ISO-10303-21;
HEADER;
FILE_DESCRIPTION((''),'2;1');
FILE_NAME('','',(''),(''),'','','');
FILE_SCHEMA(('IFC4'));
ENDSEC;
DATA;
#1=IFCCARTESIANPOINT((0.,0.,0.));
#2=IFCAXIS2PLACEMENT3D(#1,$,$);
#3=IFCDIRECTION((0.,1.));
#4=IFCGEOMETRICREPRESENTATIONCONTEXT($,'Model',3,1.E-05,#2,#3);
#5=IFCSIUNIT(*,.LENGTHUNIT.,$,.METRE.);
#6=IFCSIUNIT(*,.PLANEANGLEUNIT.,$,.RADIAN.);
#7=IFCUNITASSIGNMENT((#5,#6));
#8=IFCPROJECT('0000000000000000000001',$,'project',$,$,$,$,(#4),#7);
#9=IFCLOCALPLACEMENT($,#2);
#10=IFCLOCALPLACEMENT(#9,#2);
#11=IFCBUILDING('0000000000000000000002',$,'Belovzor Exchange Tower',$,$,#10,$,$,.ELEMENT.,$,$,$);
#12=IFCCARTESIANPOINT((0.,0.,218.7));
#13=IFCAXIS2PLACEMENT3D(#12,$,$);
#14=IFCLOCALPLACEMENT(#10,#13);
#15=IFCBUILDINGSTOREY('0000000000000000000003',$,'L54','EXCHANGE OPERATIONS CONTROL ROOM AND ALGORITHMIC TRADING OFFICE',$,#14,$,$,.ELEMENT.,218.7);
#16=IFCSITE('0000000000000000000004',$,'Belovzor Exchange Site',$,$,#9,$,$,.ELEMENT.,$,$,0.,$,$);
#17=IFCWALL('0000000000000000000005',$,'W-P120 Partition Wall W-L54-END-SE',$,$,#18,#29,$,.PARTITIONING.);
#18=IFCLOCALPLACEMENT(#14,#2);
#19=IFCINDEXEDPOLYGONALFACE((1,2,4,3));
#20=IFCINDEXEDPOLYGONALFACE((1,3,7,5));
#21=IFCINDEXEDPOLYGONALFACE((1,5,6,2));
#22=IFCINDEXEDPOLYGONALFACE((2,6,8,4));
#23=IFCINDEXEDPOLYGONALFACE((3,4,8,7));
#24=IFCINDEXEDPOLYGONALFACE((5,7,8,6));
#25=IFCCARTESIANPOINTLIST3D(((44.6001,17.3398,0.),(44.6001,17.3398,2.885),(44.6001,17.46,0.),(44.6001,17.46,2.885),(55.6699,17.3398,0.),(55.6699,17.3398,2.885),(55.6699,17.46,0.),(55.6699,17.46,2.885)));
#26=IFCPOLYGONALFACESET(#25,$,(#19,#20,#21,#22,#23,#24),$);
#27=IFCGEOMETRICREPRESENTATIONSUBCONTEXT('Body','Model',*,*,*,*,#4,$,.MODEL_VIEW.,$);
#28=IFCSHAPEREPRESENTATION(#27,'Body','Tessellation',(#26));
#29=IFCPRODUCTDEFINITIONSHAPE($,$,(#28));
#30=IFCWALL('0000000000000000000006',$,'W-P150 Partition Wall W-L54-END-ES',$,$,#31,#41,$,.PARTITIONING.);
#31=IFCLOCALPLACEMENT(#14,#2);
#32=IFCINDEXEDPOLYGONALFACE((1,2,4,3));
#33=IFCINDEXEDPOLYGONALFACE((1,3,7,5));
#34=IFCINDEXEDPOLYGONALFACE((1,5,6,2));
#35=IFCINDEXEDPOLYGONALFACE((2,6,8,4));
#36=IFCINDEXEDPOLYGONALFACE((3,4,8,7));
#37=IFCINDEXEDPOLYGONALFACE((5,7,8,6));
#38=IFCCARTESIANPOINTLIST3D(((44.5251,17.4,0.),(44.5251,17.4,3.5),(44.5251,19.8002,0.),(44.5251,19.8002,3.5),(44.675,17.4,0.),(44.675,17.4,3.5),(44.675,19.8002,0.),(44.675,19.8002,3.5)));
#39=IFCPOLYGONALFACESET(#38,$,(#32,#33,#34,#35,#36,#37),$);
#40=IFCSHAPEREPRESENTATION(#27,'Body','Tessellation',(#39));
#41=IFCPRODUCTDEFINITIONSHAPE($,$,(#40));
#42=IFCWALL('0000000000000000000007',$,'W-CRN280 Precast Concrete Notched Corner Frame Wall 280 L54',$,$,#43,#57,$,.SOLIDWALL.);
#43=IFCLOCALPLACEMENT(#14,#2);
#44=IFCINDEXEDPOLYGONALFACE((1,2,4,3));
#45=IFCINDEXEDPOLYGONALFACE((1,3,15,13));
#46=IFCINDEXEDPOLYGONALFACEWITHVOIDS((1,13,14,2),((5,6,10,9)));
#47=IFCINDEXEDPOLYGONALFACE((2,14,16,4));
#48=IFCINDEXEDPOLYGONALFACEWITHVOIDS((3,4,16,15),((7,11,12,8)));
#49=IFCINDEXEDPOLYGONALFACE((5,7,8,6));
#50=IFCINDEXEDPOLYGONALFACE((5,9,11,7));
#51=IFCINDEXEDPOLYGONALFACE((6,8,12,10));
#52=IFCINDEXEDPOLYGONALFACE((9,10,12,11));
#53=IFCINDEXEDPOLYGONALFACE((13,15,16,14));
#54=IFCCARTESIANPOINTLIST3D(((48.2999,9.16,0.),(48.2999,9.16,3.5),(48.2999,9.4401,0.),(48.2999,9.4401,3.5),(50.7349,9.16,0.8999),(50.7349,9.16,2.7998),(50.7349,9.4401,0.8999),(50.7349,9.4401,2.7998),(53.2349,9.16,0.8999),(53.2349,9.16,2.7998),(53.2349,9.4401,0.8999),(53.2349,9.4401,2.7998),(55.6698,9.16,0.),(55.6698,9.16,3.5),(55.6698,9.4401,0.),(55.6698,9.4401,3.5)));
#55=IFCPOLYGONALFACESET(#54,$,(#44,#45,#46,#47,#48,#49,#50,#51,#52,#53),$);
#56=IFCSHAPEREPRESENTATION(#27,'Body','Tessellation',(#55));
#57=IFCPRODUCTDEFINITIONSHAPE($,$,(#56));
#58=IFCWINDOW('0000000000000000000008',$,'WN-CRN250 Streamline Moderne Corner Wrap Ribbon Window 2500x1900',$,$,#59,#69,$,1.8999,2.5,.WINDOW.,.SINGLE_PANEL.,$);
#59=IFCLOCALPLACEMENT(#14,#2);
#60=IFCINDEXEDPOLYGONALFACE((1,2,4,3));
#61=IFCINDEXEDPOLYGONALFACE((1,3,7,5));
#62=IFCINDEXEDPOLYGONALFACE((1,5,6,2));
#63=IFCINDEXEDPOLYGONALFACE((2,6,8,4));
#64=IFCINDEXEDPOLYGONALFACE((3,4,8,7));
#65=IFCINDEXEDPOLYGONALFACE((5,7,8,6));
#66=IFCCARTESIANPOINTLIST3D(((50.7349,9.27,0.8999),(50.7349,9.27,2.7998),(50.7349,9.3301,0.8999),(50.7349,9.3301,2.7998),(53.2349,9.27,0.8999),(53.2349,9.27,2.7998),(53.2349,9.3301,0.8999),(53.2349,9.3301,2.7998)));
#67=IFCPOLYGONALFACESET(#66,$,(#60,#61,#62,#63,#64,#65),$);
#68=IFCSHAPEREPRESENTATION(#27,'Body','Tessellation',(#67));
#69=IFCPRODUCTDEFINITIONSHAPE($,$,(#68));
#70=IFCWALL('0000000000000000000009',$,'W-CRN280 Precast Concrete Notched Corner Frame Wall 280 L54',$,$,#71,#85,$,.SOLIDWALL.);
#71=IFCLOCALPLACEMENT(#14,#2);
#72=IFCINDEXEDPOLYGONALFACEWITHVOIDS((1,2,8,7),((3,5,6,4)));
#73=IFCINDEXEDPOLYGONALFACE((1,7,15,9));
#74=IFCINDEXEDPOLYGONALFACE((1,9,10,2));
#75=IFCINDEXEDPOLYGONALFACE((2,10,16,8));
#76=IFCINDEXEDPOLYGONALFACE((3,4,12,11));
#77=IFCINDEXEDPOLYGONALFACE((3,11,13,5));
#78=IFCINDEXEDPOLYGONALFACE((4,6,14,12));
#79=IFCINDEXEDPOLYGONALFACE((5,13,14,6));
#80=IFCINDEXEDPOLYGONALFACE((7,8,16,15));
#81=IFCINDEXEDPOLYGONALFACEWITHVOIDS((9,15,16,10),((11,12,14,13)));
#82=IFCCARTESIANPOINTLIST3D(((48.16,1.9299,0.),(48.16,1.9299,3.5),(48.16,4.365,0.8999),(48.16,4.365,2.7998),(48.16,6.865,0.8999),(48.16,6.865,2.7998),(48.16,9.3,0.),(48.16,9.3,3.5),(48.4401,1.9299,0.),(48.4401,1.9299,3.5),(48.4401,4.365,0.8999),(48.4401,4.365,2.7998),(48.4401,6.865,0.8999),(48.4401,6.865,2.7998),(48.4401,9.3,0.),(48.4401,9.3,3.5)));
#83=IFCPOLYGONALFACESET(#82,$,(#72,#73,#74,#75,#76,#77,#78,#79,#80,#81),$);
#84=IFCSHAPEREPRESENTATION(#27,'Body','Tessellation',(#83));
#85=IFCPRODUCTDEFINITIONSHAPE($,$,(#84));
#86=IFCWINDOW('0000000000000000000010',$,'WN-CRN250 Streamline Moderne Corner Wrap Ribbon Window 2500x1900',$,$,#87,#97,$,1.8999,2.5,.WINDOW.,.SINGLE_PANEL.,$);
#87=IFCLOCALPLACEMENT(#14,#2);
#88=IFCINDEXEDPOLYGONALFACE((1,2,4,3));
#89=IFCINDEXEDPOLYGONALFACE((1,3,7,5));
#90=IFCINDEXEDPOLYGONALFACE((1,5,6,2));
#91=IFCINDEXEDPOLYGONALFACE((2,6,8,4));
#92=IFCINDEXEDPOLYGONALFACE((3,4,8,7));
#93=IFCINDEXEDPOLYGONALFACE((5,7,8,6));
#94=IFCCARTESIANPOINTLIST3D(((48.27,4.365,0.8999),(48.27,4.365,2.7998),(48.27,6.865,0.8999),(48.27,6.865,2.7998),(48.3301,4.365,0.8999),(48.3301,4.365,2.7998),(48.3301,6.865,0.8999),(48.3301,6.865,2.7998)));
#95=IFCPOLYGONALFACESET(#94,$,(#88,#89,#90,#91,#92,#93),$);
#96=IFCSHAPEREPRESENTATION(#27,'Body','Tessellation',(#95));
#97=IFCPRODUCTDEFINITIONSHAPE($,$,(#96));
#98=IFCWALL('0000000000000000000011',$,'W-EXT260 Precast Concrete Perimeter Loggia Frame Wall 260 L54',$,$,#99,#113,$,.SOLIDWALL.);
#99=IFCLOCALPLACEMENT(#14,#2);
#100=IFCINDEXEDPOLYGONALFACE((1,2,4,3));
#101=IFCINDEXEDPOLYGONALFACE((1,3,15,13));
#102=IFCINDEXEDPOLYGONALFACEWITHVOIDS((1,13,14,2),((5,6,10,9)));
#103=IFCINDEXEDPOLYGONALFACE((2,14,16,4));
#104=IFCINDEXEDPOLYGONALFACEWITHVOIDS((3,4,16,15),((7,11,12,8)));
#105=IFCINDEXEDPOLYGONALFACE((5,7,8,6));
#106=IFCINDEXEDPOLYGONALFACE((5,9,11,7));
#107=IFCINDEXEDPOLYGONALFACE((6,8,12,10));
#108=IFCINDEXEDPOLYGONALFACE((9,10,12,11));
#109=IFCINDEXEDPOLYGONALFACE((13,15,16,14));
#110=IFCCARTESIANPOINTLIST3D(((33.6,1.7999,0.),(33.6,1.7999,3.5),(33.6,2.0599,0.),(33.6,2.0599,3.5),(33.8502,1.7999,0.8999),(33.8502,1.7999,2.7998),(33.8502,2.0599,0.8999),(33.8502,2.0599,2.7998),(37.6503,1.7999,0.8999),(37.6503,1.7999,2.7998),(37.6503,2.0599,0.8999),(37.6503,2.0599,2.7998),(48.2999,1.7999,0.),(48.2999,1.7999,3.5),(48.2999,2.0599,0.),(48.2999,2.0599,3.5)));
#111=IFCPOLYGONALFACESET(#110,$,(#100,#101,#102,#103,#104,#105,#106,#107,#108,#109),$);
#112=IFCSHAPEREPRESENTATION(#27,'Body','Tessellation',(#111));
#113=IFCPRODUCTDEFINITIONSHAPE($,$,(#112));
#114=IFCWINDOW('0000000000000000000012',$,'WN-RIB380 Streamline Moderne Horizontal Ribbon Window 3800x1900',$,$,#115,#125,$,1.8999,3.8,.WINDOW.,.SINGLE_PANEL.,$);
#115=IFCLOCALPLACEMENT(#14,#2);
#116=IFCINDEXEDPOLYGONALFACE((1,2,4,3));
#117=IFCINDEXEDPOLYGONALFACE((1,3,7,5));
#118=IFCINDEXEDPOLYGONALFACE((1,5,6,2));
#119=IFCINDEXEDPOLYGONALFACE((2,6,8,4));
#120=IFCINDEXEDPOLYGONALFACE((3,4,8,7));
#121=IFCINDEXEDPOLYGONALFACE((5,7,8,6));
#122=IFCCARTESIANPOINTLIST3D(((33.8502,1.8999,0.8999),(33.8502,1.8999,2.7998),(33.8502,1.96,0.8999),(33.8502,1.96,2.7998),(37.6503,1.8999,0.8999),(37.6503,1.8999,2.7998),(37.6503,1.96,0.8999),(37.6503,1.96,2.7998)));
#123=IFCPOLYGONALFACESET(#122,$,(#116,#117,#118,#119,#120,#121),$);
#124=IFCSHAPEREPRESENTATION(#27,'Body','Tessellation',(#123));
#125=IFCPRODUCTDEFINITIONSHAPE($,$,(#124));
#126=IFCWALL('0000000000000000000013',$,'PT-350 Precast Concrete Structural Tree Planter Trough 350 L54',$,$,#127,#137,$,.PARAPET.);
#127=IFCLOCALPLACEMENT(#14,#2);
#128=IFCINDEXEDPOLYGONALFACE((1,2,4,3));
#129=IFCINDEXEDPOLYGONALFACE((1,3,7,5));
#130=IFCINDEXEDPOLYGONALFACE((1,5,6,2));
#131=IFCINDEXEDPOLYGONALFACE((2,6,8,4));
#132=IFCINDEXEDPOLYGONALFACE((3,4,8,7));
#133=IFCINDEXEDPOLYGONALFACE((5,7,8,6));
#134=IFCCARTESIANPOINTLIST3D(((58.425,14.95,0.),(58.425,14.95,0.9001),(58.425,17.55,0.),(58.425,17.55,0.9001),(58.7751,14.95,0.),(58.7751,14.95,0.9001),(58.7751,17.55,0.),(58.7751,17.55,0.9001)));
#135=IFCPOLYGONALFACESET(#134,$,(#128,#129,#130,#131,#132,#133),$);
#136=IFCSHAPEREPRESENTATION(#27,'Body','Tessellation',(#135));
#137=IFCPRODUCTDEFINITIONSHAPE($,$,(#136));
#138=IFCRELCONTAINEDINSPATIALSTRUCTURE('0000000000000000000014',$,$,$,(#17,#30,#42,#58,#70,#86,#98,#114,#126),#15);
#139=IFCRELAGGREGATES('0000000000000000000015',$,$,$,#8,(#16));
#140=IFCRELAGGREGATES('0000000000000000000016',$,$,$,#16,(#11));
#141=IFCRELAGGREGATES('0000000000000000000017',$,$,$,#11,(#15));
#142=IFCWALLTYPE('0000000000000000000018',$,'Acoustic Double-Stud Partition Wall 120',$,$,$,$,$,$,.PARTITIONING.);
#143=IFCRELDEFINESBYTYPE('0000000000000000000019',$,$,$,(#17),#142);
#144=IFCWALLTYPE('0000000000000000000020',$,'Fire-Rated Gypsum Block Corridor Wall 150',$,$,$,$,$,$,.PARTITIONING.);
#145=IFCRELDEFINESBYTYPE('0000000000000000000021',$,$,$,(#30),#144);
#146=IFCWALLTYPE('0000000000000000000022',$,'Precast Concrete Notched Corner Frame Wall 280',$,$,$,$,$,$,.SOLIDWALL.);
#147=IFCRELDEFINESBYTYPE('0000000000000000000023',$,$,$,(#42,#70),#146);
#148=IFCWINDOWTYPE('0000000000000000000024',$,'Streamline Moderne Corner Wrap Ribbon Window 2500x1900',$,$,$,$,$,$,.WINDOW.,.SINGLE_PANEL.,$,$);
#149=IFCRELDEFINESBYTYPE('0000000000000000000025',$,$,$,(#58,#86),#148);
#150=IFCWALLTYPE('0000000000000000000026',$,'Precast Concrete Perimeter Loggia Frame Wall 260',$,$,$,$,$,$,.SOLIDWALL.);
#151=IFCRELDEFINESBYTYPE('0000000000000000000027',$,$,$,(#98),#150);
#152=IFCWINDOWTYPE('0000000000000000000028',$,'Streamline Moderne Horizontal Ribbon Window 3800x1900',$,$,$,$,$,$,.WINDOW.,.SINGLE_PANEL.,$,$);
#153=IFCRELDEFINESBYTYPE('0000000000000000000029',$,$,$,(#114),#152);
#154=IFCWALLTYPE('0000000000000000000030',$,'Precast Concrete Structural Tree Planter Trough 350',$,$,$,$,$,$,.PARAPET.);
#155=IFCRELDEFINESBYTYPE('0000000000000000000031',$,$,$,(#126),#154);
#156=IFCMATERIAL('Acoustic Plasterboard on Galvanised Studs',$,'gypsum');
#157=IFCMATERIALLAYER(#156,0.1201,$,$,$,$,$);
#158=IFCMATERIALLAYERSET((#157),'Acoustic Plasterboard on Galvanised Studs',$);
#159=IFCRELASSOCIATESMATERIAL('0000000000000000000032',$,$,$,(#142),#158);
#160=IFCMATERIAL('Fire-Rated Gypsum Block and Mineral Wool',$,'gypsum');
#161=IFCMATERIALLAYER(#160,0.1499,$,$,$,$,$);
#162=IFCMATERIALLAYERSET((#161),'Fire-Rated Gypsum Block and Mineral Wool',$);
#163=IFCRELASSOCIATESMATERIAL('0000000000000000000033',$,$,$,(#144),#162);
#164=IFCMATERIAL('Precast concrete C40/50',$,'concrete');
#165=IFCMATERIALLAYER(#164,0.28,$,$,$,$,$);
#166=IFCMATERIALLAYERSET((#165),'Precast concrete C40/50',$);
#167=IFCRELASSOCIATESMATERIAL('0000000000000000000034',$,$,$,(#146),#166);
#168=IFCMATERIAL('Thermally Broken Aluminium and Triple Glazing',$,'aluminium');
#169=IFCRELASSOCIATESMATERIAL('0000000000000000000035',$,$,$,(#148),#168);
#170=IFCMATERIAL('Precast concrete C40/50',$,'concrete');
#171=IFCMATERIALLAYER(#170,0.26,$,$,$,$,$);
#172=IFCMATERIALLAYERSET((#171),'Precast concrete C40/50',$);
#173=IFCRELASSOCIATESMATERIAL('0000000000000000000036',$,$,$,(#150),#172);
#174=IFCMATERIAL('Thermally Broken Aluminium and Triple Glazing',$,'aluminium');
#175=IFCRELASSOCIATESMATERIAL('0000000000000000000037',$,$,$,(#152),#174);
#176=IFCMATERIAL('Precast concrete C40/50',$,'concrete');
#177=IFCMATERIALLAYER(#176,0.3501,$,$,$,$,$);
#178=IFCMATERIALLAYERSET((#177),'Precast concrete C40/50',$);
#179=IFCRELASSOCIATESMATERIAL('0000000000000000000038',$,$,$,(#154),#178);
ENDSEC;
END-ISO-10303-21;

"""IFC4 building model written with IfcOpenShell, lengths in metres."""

from ifc_helpers import new_model, si_unit, direction, frame, frame_2d, origin, place, context, subcontext, project, spatial, rectangle, extrude, material, layer, layer_set, type_object, element, fill, save


model = new_model("IFC4")

# Units and contexts
model_context = context("Model", 3, precision=1e-05, world=origin(), true_north=direction((0.0, 1.0)))
body_context = subcontext(model_context, "Body", "Model", "MODEL_VIEW")
ifc_project = project(units=[si_unit("LENGTHUNIT", "METRE"), si_unit("PLANEANGLEUNIT", "RADIAN")], contexts=[model_context])

# Site, building, storey
site_placement = place(None, origin())
site = spatial("IfcSite", under=ifc_project, at=site_placement, Name="Belovzor Exchange Site", CompositionType="ELEMENT", RefElevation=0.0)
building_placement = place(site_placement, origin())
building = spatial("IfcBuilding", under=site, at=building_placement, Name="Belovzor Exchange Tower", CompositionType="ELEMENT")
storey_placement = place(building_placement, frame((0.0, 0.0, 218.7)))
storey = spatial("IfcBuildingStorey", under=building, at=storey_placement, Name="L54", Description="EXCHANGE OPERATIONS CONTROL ROOM AND ALGORITHMIC TRADING OFFICE", CompositionType="ELEMENT", Elevation=218.7)

# Walls
ifc_material_1 = material(Name="Acoustic Plasterboard on Galvanised Studs", Category="gypsum")
ifc_layer_1 = layer(ifc_material_1, 0.1201)
ifc_layer_set_1 = layer_set([ifc_layer_1], Name="Acoustic Plasterboard on Galvanised Studs")
wall_type_1 = type_object("IfcWallType", Name="Acoustic Double-Stud Partition Wall 120", PredefinedType="PARTITIONING", material=ifc_layer_set_1)
wall_1_placement = place(storey_placement, frame((44.6001, 17.3999, 0.0), z_axis=(0.0, 0.0, 1.0), x_axis=(1.0, 0.0, 0.0)))
element("IfcWall", 1, at=wall_1_placement, inside=storey, type_object=wall_type_1, Name="W-P120 Partition Wall W-L54-END-SE", PredefinedType="PARTITIONING", context=body_context, shape_type="SweptSolid", body=[
    extrude(rectangle(XDim=11.0698, YDim=0.1201, at=frame_2d((5.5349, 0.0))), origin(), (0.0, 0.0, 1.0), 2.885),
])
ifc_material_2 = material(Name="Fire-Rated Gypsum Block and Mineral Wool", Category="gypsum")
ifc_layer_2 = layer(ifc_material_2, 0.1499)
ifc_layer_set_2 = layer_set([ifc_layer_2], Name="Fire-Rated Gypsum Block and Mineral Wool")
wall_type_2 = type_object("IfcWallType", Name="Fire-Rated Gypsum Block Corridor Wall 150", PredefinedType="PARTITIONING", material=ifc_layer_set_2)
wall_2_placement = place(storey_placement, frame((44.6001, 17.3999, 0.0), z_axis=(0.0, 0.0, 1.0), x_axis=(0.0, 1.0, 0.0)))
element("IfcWall", 2, at=wall_2_placement, inside=storey, type_object=wall_type_2, Name="W-P150 Partition Wall W-L54-END-ES", PredefinedType="PARTITIONING", context=body_context, shape_type="SweptSolid", body=[
    extrude(rectangle(XDim=2.4001, YDim=0.1499, at=frame_2d((1.2002, 0.0))), origin(), (0.0, 0.0, 1.0), 3.5),
])

# Walls, openings, windows
ifc_material_3 = material(Name="Precast concrete C40/50", Category="concrete")
ifc_layer_3 = layer(ifc_material_3, 0.28)
ifc_layer_set_3 = layer_set([ifc_layer_3], Name="Precast concrete C40/50")
wall_type_3 = type_object("IfcWallType", Name="Precast Concrete Notched Corner Frame Wall 280", PredefinedType="SOLIDWALL", material=ifc_layer_set_3)
wall_3_placement = place(storey_placement, frame((55.6699, 9.3, 0.0), z_axis=(0.0, 0.0, 1.0), x_axis=(-1.0, 0.0, 0.0)))
wall_3 = element("IfcWall", 3, at=wall_3_placement, inside=storey, type_object=wall_type_3, Name="W-CRN280 Precast Concrete Notched Corner Frame Wall 280 L54", PredefinedType="SOLIDWALL", context=body_context, shape_type="SweptSolid", body=[
    extrude(rectangle(XDim=7.3699, YDim=0.28, at=frame_2d((3.6851, 0.0))), origin(), (0.0, 0.0, 1.0), 3.5),
])
opening_1_placement = place(wall_3_placement, frame((2.4351, 0.0, 0.8999)))
opening_1 = element("IfcOpeningElement", 4, at=opening_1_placement, cuts=wall_3, PredefinedType="OPENING", context=body_context, shape_type="SweptSolid", body=[
    extrude(rectangle(XDim=2.5, YDim=1.8999, at=frame_2d((1.25, 0.95))), frame((0.0, 0.1499, 0.0), z_axis=(0.0, -1.0, 0.0), x_axis=(1.0, 0.0, 0.0)), (0.0, 0.0, 1.0), 0.3),
])
ifc_material_4 = material(Name="Thermally Broken Aluminium and Triple Glazing", Category="aluminium")
window_type_1 = type_object("IfcWindowType", Name="Streamline Moderne Corner Wrap Ribbon Window 2500x1900", PartitioningType="SINGLE_PANEL", PredefinedType="WINDOW", material=ifc_material_4)
window_1_placement = place(opening_1_placement, origin())
window_1 = element("IfcWindow", 5, at=window_1_placement, inside=storey, type_object=window_type_1, Name="WN-CRN250 Streamline Moderne Corner Wrap Ribbon Window 2500x1900", OverallHeight=1.8999, OverallWidth=2.5, PartitioningType="SINGLE_PANEL", PredefinedType="WINDOW", context=body_context, shape_type="SweptSolid", body=[
    extrude(rectangle(XDim=2.5, YDim=1.8999, at=frame_2d((1.25, 0.95))), frame((0.0, 0.03, 0.0), z_axis=(0.0, -1.0, 0.0), x_axis=(1.0, 0.0, 0.0)), (0.0, 0.0, 1.0), 0.0601),
])
fill(opening_1, window_1)
wall_4_placement = place(storey_placement, frame((48.3, 9.3, 0.0), z_axis=(0.0, 0.0, 1.0), x_axis=(0.0, -1.0, 0.0)))
wall_4 = element("IfcWall", 6, at=wall_4_placement, inside=storey, type_object=wall_type_3, Name="W-CRN280 Precast Concrete Notched Corner Frame Wall 280 L54", PredefinedType="SOLIDWALL", context=body_context, shape_type="SweptSolid", body=[
    extrude(rectangle(XDim=7.3701, YDim=0.28, at=frame_2d((3.6851, 0.0))), origin(), (0.0, 0.0, 1.0), 3.5),
])
opening_2_placement = place(wall_4_placement, frame((2.4351, 0.0, 0.8999)))
opening_2 = element("IfcOpeningElement", 7, at=opening_2_placement, cuts=wall_4, PredefinedType="OPENING", context=body_context, shape_type="SweptSolid", body=[
    extrude(rectangle(XDim=2.5, YDim=1.8999, at=frame_2d((1.25, 0.95))), frame((0.0, 0.1499, 0.0), z_axis=(0.0, -1.0, 0.0), x_axis=(1.0, 0.0, 0.0)), (0.0, 0.0, 1.0), 0.3),
])
window_2_placement = place(opening_2_placement, origin())
window_2 = element("IfcWindow", 8, at=window_2_placement, inside=storey, type_object=window_type_1, Name="WN-CRN250 Streamline Moderne Corner Wrap Ribbon Window 2500x1900", OverallHeight=1.8999, OverallWidth=2.5, PartitioningType="SINGLE_PANEL", PredefinedType="WINDOW", context=body_context, shape_type="SweptSolid", body=[
    extrude(rectangle(XDim=2.5, YDim=1.8999, at=frame_2d((1.25, 0.95))), frame((0.0, 0.03, 0.0), z_axis=(0.0, -1.0, 0.0), x_axis=(1.0, 0.0, 0.0)), (0.0, 0.0, 1.0), 0.0601),
])
fill(opening_2, window_2)
ifc_material_5 = material(Name="Precast concrete C40/50", Category="concrete")
ifc_layer_4 = layer(ifc_material_5, 0.26)
ifc_layer_set_4 = layer_set([ifc_layer_4], Name="Precast concrete C40/50")
wall_type_4 = type_object("IfcWallType", Name="Precast Concrete Perimeter Loggia Frame Wall 260", PredefinedType="SOLIDWALL", material=ifc_layer_set_4)
wall_5_placement = place(storey_placement, frame((48.3, 1.9299, 0.0), z_axis=(0.0, 0.0, 1.0), x_axis=(-1.0, 0.0, 0.0)))
wall_5 = element("IfcWall", 9, at=wall_5_placement, inside=storey, type_object=wall_type_4, Name="W-EXT260 Precast Concrete Perimeter Loggia Frame Wall 260 L54", PredefinedType="SOLIDWALL", context=body_context, shape_type="SweptSolid", body=[
    extrude(rectangle(XDim=14.7, YDim=0.26, at=frame_2d((7.3501, 0.0))), origin(), (0.0, 0.0, 1.0), 3.5),
])
opening_3_placement = place(wall_5_placement, frame((10.6499, 0.0, 0.8999)))
opening_3 = element("IfcOpeningElement", 10, at=opening_3_placement, cuts=wall_5, PredefinedType="OPENING", context=body_context, shape_type="SweptSolid", body=[
    extrude(rectangle(XDim=3.8, YDim=1.8999, at=frame_2d((1.8999, 0.95))), frame((0.0, 0.1399, 0.0), z_axis=(0.0, -1.0, 0.0), x_axis=(1.0, 0.0, 0.0)), (0.0, 0.0, 1.0), 0.28),
])
ifc_material_6 = material(Name="Thermally Broken Aluminium and Triple Glazing", Category="aluminium")
window_type_2 = type_object("IfcWindowType", Name="Streamline Moderne Horizontal Ribbon Window 3800x1900", PartitioningType="SINGLE_PANEL", PredefinedType="WINDOW", material=ifc_material_6)
window_3_placement = place(opening_3_placement, origin())
window_3 = element("IfcWindow", 11, at=window_3_placement, inside=storey, type_object=window_type_2, Name="WN-RIB380 Streamline Moderne Horizontal Ribbon Window 3800x1900", OverallHeight=1.8999, OverallWidth=3.8, PartitioningType="SINGLE_PANEL", PredefinedType="WINDOW", context=body_context, shape_type="SweptSolid", body=[
    extrude(rectangle(XDim=3.8, YDim=1.8999, at=frame_2d((1.8999, 0.95))), frame((0.0, 0.03, 0.0), z_axis=(0.0, -1.0, 0.0), x_axis=(1.0, 0.0, 0.0)), (0.0, 0.0, 1.0), 0.0601),
])
fill(opening_3, window_3)

# Wall
ifc_material_7 = material(Name="Precast concrete C40/50", Category="concrete")
ifc_layer_5 = layer(ifc_material_7, 0.3501)
ifc_layer_set_5 = layer_set([ifc_layer_5], Name="Precast concrete C40/50")
wall_type_5 = type_object("IfcWallType", Name="Precast Concrete Structural Tree Planter Trough 350", PredefinedType="PARAPET", material=ifc_layer_set_5)
wall_6_placement = place(storey_placement, frame((58.6001, 14.95, 0.0), z_axis=(0.0, 0.0, 1.0), x_axis=(0.0, 1.0, 0.0)))
element("IfcWall", 12, at=wall_6_placement, inside=storey, type_object=wall_type_5, Name="PT-350 Precast Concrete Structural Tree Planter Trough 350 L54", PredefinedType="PARAPET", context=body_context, shape_type="SweptSolid", body=[
    extrude(rectangle(XDim=2.6001, YDim=0.3501, at=frame_2d((1.3, 0.0))), origin(), (0.0, 0.0, 1.0), 0.9001),
])

save(model, "model.ifc")
